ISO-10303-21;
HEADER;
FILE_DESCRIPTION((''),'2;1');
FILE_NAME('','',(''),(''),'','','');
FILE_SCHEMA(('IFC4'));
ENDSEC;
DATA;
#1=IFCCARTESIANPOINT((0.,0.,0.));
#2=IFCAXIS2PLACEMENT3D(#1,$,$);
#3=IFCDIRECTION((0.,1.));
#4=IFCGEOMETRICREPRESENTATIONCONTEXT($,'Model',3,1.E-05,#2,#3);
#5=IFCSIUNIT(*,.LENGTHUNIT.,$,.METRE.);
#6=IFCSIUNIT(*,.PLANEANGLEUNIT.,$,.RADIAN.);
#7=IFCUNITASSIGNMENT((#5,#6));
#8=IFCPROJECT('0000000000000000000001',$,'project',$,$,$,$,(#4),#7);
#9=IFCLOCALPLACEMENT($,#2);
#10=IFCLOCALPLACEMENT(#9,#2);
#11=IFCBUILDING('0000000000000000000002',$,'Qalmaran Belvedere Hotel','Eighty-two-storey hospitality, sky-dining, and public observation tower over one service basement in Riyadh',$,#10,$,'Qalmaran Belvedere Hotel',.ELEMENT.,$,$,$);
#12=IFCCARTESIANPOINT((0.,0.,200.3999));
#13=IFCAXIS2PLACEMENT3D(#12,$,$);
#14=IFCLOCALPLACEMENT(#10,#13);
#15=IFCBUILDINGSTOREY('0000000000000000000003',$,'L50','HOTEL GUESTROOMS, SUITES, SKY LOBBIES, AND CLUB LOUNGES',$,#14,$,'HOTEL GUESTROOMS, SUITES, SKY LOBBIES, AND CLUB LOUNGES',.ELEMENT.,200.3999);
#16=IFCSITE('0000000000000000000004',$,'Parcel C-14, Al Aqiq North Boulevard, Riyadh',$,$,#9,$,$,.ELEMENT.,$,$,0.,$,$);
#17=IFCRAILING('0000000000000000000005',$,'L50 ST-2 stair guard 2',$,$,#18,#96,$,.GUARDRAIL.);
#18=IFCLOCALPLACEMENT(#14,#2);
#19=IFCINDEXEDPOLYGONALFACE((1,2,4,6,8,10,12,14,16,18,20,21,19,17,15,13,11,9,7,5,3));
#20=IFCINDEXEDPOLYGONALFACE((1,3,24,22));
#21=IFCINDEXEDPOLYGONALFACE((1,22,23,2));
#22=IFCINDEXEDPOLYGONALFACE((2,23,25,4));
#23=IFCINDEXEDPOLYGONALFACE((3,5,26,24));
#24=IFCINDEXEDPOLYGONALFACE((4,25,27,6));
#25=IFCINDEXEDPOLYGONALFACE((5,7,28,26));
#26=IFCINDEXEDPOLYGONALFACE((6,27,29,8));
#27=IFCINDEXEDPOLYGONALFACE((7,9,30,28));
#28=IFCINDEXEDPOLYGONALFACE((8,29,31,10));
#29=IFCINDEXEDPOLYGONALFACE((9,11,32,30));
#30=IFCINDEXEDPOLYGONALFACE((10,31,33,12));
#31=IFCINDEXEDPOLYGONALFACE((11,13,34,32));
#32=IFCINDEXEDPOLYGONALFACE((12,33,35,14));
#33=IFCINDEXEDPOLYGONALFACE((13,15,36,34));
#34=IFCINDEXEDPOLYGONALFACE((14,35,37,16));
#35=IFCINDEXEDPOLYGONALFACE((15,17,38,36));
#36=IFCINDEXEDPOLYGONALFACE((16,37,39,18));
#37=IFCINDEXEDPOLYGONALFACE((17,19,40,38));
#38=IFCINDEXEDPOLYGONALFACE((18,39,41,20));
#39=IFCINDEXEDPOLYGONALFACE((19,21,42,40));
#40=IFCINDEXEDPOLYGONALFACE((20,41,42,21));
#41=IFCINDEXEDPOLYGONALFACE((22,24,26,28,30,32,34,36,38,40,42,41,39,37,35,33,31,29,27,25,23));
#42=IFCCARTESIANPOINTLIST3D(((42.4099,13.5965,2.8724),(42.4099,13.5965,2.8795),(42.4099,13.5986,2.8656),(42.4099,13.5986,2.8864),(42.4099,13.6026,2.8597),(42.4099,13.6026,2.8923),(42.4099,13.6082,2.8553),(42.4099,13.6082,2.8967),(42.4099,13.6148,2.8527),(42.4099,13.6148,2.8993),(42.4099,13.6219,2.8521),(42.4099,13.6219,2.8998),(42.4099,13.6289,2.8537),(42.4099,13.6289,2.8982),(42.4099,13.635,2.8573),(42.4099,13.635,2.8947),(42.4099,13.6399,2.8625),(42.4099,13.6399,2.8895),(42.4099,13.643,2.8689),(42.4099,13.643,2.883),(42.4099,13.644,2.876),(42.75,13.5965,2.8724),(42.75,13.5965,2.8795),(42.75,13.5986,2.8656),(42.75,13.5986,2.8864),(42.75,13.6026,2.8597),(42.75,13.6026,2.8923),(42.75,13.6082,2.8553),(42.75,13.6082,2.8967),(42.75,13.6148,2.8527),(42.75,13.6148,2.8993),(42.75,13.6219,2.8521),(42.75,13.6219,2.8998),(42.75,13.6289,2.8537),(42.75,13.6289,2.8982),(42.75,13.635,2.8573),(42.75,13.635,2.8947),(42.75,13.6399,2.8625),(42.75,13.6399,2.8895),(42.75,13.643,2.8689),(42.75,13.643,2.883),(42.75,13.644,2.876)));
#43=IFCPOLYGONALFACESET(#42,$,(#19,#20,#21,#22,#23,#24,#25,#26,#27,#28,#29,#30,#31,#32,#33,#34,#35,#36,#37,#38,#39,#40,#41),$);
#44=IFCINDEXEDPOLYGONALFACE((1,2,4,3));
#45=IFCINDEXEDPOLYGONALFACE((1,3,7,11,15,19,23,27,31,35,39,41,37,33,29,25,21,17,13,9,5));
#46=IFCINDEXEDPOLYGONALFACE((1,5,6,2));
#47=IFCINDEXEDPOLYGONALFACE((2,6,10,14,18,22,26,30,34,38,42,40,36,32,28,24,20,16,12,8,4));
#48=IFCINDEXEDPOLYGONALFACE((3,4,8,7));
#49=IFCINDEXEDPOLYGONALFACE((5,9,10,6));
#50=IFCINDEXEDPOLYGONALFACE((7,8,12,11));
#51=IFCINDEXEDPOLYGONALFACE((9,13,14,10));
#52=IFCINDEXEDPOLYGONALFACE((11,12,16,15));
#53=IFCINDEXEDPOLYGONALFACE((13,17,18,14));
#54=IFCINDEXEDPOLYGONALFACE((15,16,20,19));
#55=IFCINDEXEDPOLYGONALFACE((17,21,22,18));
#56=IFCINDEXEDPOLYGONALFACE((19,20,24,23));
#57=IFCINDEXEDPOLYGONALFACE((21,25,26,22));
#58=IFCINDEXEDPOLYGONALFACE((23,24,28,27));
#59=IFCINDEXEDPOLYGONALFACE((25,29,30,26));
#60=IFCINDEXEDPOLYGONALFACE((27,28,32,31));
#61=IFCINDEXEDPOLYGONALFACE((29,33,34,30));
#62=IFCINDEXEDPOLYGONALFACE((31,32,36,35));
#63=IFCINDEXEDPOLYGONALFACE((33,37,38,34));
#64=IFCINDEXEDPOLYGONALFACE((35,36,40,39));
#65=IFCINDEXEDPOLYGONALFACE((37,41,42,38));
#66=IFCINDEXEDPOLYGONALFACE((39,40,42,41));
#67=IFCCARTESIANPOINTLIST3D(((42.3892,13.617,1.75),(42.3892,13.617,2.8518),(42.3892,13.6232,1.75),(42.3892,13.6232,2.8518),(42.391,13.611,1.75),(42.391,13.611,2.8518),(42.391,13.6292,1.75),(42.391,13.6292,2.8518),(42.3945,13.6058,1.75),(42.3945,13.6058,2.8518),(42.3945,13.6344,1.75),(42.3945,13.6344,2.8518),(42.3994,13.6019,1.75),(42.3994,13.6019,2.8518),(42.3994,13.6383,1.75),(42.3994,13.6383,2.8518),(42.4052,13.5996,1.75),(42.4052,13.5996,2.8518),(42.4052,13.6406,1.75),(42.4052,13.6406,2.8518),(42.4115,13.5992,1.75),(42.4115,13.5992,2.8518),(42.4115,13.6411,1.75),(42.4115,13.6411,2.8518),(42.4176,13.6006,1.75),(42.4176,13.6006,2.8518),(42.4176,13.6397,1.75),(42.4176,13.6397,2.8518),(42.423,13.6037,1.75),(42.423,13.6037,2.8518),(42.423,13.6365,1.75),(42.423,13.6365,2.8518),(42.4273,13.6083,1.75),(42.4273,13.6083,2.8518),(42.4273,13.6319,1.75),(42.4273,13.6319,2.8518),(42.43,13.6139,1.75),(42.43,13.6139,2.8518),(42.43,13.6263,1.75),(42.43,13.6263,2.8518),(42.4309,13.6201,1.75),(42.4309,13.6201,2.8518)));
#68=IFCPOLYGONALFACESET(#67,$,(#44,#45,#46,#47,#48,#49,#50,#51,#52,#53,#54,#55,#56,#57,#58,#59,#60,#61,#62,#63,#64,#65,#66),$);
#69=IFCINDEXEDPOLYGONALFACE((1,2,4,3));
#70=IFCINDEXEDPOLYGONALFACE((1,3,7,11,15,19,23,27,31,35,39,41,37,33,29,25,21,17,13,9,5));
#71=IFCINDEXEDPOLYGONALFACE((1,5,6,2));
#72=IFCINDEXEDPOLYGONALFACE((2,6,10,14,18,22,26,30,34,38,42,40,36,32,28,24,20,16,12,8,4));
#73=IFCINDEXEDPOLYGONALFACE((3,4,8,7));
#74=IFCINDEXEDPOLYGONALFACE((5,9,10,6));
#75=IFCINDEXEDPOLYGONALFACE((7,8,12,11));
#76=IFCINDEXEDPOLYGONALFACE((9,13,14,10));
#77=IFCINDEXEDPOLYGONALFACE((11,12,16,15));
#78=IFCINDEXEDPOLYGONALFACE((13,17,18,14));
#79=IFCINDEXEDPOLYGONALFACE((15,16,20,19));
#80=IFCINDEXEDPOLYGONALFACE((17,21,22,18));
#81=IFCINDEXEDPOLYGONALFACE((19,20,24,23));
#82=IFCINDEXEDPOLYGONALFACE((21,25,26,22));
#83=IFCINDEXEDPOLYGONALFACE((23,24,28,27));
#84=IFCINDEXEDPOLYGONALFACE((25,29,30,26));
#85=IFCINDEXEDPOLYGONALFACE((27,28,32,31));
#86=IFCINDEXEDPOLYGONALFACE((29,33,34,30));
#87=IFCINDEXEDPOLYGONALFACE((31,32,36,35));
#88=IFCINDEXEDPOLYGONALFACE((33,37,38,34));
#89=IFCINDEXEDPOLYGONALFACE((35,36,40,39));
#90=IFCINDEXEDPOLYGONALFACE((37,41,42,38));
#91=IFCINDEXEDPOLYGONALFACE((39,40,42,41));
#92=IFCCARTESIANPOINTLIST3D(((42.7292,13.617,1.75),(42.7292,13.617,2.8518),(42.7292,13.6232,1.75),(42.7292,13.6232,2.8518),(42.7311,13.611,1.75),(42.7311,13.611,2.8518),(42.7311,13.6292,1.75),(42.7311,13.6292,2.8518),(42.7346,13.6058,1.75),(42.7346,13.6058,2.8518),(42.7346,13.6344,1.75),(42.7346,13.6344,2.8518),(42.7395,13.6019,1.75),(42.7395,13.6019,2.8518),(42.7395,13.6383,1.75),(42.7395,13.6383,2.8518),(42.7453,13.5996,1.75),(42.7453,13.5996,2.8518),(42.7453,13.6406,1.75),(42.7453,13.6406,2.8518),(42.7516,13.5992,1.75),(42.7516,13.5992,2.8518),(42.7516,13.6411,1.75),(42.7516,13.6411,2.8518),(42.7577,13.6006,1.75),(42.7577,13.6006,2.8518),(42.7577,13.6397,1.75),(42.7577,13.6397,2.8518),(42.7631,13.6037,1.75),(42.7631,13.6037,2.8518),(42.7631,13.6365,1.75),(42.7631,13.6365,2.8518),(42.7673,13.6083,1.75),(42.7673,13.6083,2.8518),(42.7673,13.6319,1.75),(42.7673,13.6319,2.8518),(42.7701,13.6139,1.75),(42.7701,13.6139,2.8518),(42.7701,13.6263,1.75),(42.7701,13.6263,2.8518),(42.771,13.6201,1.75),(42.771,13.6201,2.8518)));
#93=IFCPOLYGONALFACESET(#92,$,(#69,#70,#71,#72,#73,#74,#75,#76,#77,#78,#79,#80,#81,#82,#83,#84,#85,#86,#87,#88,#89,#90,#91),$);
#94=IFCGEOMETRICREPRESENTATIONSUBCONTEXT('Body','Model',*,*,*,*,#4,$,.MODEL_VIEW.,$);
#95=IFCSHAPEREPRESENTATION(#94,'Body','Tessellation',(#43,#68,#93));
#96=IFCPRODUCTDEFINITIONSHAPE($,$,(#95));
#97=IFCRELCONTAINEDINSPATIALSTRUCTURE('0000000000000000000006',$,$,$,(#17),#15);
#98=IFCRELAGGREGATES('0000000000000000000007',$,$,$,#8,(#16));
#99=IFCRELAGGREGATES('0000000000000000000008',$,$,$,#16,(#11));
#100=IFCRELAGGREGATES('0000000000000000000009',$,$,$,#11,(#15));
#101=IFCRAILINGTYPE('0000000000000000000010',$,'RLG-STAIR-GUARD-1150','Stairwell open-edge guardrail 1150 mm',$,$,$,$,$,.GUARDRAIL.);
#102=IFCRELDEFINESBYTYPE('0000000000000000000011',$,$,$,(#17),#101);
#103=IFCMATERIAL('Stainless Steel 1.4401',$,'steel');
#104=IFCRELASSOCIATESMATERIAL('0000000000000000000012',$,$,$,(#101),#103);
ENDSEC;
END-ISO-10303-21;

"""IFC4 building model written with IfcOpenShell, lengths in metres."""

from ifc_helpers import new_model, si_unit, direction, frame, origin, origin_2d, place, context, subcontext, project, spatial, circle, extrude, material, type_object, element, save


model = new_model("IFC4")

# Units and contexts
model_context = context("Model", 3, precision=1e-05, world=origin(), true_north=direction((0.0, 1.0)))
body_context = subcontext(model_context, "Body", "Model", "MODEL_VIEW")
ifc_project = project(units=[si_unit("LENGTHUNIT", "METRE"), si_unit("PLANEANGLEUNIT", "RADIAN")], contexts=[model_context])

# Site, building, storey
site_placement = place(None, origin())
site = spatial("IfcSite", under=ifc_project, at=site_placement, Name="Parcel C-14, Al Aqiq North Boulevard, Riyadh", CompositionType="ELEMENT", RefElevation=0.0)
building_placement = place(site_placement, origin())
building = spatial("IfcBuilding", under=site, at=building_placement, Name="Qalmaran Belvedere Hotel", Description="Eighty-two-storey hospitality, sky-dining, and public observation tower over one service basement in Riyadh", LongName="Qalmaran Belvedere Hotel", CompositionType="ELEMENT")
storey_placement = place(building_placement, frame((0.0, 0.0, 200.3999)))
storey = spatial("IfcBuildingStorey", under=building, at=storey_placement, Name="L50", Description="HOTEL GUESTROOMS, SUITES, SKY LOBBIES, AND CLUB LOUNGES", LongName="HOTEL GUESTROOMS, SUITES, SKY LOBBIES, AND CLUB LOUNGES", CompositionType="ELEMENT", Elevation=200.3999)

# Railing
ifc_material_1 = material(Name="Stainless Steel 1.4401", Category="steel")
railing_type_1 = type_object("IfcRailingType", Name="RLG-STAIR-GUARD-1150", Description="Stairwell open-edge guardrail 1150 mm", PredefinedType="GUARDRAIL", material=ifc_material_1)
railing_1_placement = place(storey_placement, frame((42.4099, 13.6201, 1.75)))
element("IfcRailing", 1, at=railing_1_placement, inside=storey, type_object=railing_type_1, Name="L50 ST-2 stair guard 2", PredefinedType="GUARDRAIL", context=body_context, shape_type="SweptSolid", body=[
    extrude(circle(Radius=0.0239, at=origin_2d()), frame((0.0, 0.0, 1.126), z_axis=(1.0, 0.0, 0.0), x_axis=(0.0, 1.0, 0.0)), (0.0, 0.0, 1.0), 0.3401),
    extrude(circle(Radius=0.021, at=origin_2d()), origin(), (0.0, 0.0, 1.0), 1.1018),
    extrude(circle(Radius=0.021, at=origin_2d()), frame((0.3401, 0.0, 0.0)), (0.0, 0.0, 1.0), 1.1018),
])

save(model, "model.ifc")
